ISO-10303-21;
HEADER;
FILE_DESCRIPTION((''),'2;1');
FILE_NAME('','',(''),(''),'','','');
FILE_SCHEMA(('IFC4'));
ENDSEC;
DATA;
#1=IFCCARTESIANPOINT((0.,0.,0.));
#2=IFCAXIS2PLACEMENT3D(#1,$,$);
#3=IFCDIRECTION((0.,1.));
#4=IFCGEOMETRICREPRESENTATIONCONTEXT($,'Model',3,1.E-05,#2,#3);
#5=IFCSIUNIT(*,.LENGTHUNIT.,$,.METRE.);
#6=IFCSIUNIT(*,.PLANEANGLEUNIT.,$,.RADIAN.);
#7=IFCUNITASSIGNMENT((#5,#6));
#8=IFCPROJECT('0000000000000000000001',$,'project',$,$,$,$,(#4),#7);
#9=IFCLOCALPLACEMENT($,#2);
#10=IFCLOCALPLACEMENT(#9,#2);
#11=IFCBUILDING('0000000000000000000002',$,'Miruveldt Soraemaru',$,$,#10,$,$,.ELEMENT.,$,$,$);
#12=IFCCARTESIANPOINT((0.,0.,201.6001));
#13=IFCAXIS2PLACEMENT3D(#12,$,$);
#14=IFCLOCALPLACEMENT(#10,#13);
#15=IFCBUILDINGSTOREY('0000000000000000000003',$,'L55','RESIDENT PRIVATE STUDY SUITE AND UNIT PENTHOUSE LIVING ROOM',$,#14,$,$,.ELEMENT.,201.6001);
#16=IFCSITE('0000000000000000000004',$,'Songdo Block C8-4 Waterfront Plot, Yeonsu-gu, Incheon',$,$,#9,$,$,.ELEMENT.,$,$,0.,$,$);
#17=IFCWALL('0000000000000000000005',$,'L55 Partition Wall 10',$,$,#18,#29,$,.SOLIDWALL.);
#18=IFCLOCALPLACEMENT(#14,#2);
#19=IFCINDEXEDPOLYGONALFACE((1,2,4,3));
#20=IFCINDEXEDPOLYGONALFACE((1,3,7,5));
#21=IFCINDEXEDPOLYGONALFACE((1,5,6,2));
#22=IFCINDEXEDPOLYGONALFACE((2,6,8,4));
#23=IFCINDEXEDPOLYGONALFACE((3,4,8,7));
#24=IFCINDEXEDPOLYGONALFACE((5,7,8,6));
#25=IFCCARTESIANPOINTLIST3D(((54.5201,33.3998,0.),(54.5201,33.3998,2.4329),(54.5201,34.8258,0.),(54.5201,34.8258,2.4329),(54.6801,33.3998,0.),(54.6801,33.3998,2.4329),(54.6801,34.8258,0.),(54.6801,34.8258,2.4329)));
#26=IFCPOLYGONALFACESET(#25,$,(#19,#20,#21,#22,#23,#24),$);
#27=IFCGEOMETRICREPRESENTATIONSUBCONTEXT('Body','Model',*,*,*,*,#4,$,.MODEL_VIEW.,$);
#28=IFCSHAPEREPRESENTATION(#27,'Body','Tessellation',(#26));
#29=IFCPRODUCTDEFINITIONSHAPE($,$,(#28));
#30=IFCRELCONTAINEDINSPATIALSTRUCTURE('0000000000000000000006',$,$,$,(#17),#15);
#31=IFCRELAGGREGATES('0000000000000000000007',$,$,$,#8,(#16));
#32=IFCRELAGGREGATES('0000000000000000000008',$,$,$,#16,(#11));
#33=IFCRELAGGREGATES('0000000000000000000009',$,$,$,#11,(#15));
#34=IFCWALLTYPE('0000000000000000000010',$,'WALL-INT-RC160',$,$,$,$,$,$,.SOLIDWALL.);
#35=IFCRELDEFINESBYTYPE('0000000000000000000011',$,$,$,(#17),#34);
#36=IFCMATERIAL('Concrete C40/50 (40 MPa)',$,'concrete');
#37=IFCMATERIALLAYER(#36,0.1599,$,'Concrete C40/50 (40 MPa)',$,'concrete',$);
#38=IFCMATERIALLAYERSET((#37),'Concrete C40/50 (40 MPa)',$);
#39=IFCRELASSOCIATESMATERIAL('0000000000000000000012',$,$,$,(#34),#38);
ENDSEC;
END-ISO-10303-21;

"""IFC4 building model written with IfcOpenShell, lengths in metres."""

from ifc_helpers import new_model, si_unit, direction, frame, frame_2d, origin, place, context, subcontext, project, spatial, rectangle, extrude, material, layer, layer_set, type_object, element, save


model = new_model("IFC4")

# Units and contexts
model_context = context("Model", 3, precision=1e-05, world=origin(), true_north=direction((0.0, 1.0)))
body_context = subcontext(model_context, "Body", "Model", "MODEL_VIEW")
ifc_project = project(units=[si_unit("LENGTHUNIT", "METRE"), si_unit("PLANEANGLEUNIT", "RADIAN")], contexts=[model_context])

# Site, building, storey
site_placement = place(None, origin())
site = spatial("IfcSite", under=ifc_project, at=site_placement, Name="Songdo Block C8-4 Waterfront Plot, Yeonsu-gu, Incheon", CompositionType="ELEMENT", RefElevation=0.0)
building_placement = place(site_placement, origin())
building = spatial("IfcBuilding", under=site, at=building_placement, Name="Miruveldt Soraemaru", CompositionType="ELEMENT")
storey_placement = place(building_placement, frame((0.0, 0.0, 201.6001)))
storey = spatial("IfcBuildingStorey", under=building, at=storey_placement, Name="L55", Description="RESIDENT PRIVATE STUDY SUITE AND UNIT PENTHOUSE LIVING ROOM", CompositionType="ELEMENT", Elevation=201.6001)

# Wall
ifc_material_1 = material(Name="Concrete C40/50 (40 MPa)", Category="concrete")
ifc_layer_1 = layer(ifc_material_1, 0.1599, Name="Concrete C40/50 (40 MPa)", Category="concrete")
ifc_layer_set_1 = layer_set([ifc_layer_1], Name="Concrete C40/50 (40 MPa)")
wall_type_1 = type_object("IfcWallType", Name="WALL-INT-RC160", PredefinedType="SOLIDWALL", material=ifc_layer_set_1)
wall_1_placement = place(storey_placement, frame((54.6001, 33.3999, 0.0), z_axis=(0.0, 0.0, 1.0), x_axis=(0.0, 1.0, 0.0)))
element("IfcWall", 1, at=wall_1_placement, inside=storey, type_object=wall_type_1, Name="L55 Partition Wall 10", PredefinedType="SOLIDWALL", context=body_context, shape_type="SweptSolid", body=[
    extrude(rectangle(XDim=1.426, YDim=0.1599, at=frame_2d((0.7129, 0.0))), origin(), (0.0, 0.0, 1.0), 2.4329),
])

save(model, "model.ifc")
